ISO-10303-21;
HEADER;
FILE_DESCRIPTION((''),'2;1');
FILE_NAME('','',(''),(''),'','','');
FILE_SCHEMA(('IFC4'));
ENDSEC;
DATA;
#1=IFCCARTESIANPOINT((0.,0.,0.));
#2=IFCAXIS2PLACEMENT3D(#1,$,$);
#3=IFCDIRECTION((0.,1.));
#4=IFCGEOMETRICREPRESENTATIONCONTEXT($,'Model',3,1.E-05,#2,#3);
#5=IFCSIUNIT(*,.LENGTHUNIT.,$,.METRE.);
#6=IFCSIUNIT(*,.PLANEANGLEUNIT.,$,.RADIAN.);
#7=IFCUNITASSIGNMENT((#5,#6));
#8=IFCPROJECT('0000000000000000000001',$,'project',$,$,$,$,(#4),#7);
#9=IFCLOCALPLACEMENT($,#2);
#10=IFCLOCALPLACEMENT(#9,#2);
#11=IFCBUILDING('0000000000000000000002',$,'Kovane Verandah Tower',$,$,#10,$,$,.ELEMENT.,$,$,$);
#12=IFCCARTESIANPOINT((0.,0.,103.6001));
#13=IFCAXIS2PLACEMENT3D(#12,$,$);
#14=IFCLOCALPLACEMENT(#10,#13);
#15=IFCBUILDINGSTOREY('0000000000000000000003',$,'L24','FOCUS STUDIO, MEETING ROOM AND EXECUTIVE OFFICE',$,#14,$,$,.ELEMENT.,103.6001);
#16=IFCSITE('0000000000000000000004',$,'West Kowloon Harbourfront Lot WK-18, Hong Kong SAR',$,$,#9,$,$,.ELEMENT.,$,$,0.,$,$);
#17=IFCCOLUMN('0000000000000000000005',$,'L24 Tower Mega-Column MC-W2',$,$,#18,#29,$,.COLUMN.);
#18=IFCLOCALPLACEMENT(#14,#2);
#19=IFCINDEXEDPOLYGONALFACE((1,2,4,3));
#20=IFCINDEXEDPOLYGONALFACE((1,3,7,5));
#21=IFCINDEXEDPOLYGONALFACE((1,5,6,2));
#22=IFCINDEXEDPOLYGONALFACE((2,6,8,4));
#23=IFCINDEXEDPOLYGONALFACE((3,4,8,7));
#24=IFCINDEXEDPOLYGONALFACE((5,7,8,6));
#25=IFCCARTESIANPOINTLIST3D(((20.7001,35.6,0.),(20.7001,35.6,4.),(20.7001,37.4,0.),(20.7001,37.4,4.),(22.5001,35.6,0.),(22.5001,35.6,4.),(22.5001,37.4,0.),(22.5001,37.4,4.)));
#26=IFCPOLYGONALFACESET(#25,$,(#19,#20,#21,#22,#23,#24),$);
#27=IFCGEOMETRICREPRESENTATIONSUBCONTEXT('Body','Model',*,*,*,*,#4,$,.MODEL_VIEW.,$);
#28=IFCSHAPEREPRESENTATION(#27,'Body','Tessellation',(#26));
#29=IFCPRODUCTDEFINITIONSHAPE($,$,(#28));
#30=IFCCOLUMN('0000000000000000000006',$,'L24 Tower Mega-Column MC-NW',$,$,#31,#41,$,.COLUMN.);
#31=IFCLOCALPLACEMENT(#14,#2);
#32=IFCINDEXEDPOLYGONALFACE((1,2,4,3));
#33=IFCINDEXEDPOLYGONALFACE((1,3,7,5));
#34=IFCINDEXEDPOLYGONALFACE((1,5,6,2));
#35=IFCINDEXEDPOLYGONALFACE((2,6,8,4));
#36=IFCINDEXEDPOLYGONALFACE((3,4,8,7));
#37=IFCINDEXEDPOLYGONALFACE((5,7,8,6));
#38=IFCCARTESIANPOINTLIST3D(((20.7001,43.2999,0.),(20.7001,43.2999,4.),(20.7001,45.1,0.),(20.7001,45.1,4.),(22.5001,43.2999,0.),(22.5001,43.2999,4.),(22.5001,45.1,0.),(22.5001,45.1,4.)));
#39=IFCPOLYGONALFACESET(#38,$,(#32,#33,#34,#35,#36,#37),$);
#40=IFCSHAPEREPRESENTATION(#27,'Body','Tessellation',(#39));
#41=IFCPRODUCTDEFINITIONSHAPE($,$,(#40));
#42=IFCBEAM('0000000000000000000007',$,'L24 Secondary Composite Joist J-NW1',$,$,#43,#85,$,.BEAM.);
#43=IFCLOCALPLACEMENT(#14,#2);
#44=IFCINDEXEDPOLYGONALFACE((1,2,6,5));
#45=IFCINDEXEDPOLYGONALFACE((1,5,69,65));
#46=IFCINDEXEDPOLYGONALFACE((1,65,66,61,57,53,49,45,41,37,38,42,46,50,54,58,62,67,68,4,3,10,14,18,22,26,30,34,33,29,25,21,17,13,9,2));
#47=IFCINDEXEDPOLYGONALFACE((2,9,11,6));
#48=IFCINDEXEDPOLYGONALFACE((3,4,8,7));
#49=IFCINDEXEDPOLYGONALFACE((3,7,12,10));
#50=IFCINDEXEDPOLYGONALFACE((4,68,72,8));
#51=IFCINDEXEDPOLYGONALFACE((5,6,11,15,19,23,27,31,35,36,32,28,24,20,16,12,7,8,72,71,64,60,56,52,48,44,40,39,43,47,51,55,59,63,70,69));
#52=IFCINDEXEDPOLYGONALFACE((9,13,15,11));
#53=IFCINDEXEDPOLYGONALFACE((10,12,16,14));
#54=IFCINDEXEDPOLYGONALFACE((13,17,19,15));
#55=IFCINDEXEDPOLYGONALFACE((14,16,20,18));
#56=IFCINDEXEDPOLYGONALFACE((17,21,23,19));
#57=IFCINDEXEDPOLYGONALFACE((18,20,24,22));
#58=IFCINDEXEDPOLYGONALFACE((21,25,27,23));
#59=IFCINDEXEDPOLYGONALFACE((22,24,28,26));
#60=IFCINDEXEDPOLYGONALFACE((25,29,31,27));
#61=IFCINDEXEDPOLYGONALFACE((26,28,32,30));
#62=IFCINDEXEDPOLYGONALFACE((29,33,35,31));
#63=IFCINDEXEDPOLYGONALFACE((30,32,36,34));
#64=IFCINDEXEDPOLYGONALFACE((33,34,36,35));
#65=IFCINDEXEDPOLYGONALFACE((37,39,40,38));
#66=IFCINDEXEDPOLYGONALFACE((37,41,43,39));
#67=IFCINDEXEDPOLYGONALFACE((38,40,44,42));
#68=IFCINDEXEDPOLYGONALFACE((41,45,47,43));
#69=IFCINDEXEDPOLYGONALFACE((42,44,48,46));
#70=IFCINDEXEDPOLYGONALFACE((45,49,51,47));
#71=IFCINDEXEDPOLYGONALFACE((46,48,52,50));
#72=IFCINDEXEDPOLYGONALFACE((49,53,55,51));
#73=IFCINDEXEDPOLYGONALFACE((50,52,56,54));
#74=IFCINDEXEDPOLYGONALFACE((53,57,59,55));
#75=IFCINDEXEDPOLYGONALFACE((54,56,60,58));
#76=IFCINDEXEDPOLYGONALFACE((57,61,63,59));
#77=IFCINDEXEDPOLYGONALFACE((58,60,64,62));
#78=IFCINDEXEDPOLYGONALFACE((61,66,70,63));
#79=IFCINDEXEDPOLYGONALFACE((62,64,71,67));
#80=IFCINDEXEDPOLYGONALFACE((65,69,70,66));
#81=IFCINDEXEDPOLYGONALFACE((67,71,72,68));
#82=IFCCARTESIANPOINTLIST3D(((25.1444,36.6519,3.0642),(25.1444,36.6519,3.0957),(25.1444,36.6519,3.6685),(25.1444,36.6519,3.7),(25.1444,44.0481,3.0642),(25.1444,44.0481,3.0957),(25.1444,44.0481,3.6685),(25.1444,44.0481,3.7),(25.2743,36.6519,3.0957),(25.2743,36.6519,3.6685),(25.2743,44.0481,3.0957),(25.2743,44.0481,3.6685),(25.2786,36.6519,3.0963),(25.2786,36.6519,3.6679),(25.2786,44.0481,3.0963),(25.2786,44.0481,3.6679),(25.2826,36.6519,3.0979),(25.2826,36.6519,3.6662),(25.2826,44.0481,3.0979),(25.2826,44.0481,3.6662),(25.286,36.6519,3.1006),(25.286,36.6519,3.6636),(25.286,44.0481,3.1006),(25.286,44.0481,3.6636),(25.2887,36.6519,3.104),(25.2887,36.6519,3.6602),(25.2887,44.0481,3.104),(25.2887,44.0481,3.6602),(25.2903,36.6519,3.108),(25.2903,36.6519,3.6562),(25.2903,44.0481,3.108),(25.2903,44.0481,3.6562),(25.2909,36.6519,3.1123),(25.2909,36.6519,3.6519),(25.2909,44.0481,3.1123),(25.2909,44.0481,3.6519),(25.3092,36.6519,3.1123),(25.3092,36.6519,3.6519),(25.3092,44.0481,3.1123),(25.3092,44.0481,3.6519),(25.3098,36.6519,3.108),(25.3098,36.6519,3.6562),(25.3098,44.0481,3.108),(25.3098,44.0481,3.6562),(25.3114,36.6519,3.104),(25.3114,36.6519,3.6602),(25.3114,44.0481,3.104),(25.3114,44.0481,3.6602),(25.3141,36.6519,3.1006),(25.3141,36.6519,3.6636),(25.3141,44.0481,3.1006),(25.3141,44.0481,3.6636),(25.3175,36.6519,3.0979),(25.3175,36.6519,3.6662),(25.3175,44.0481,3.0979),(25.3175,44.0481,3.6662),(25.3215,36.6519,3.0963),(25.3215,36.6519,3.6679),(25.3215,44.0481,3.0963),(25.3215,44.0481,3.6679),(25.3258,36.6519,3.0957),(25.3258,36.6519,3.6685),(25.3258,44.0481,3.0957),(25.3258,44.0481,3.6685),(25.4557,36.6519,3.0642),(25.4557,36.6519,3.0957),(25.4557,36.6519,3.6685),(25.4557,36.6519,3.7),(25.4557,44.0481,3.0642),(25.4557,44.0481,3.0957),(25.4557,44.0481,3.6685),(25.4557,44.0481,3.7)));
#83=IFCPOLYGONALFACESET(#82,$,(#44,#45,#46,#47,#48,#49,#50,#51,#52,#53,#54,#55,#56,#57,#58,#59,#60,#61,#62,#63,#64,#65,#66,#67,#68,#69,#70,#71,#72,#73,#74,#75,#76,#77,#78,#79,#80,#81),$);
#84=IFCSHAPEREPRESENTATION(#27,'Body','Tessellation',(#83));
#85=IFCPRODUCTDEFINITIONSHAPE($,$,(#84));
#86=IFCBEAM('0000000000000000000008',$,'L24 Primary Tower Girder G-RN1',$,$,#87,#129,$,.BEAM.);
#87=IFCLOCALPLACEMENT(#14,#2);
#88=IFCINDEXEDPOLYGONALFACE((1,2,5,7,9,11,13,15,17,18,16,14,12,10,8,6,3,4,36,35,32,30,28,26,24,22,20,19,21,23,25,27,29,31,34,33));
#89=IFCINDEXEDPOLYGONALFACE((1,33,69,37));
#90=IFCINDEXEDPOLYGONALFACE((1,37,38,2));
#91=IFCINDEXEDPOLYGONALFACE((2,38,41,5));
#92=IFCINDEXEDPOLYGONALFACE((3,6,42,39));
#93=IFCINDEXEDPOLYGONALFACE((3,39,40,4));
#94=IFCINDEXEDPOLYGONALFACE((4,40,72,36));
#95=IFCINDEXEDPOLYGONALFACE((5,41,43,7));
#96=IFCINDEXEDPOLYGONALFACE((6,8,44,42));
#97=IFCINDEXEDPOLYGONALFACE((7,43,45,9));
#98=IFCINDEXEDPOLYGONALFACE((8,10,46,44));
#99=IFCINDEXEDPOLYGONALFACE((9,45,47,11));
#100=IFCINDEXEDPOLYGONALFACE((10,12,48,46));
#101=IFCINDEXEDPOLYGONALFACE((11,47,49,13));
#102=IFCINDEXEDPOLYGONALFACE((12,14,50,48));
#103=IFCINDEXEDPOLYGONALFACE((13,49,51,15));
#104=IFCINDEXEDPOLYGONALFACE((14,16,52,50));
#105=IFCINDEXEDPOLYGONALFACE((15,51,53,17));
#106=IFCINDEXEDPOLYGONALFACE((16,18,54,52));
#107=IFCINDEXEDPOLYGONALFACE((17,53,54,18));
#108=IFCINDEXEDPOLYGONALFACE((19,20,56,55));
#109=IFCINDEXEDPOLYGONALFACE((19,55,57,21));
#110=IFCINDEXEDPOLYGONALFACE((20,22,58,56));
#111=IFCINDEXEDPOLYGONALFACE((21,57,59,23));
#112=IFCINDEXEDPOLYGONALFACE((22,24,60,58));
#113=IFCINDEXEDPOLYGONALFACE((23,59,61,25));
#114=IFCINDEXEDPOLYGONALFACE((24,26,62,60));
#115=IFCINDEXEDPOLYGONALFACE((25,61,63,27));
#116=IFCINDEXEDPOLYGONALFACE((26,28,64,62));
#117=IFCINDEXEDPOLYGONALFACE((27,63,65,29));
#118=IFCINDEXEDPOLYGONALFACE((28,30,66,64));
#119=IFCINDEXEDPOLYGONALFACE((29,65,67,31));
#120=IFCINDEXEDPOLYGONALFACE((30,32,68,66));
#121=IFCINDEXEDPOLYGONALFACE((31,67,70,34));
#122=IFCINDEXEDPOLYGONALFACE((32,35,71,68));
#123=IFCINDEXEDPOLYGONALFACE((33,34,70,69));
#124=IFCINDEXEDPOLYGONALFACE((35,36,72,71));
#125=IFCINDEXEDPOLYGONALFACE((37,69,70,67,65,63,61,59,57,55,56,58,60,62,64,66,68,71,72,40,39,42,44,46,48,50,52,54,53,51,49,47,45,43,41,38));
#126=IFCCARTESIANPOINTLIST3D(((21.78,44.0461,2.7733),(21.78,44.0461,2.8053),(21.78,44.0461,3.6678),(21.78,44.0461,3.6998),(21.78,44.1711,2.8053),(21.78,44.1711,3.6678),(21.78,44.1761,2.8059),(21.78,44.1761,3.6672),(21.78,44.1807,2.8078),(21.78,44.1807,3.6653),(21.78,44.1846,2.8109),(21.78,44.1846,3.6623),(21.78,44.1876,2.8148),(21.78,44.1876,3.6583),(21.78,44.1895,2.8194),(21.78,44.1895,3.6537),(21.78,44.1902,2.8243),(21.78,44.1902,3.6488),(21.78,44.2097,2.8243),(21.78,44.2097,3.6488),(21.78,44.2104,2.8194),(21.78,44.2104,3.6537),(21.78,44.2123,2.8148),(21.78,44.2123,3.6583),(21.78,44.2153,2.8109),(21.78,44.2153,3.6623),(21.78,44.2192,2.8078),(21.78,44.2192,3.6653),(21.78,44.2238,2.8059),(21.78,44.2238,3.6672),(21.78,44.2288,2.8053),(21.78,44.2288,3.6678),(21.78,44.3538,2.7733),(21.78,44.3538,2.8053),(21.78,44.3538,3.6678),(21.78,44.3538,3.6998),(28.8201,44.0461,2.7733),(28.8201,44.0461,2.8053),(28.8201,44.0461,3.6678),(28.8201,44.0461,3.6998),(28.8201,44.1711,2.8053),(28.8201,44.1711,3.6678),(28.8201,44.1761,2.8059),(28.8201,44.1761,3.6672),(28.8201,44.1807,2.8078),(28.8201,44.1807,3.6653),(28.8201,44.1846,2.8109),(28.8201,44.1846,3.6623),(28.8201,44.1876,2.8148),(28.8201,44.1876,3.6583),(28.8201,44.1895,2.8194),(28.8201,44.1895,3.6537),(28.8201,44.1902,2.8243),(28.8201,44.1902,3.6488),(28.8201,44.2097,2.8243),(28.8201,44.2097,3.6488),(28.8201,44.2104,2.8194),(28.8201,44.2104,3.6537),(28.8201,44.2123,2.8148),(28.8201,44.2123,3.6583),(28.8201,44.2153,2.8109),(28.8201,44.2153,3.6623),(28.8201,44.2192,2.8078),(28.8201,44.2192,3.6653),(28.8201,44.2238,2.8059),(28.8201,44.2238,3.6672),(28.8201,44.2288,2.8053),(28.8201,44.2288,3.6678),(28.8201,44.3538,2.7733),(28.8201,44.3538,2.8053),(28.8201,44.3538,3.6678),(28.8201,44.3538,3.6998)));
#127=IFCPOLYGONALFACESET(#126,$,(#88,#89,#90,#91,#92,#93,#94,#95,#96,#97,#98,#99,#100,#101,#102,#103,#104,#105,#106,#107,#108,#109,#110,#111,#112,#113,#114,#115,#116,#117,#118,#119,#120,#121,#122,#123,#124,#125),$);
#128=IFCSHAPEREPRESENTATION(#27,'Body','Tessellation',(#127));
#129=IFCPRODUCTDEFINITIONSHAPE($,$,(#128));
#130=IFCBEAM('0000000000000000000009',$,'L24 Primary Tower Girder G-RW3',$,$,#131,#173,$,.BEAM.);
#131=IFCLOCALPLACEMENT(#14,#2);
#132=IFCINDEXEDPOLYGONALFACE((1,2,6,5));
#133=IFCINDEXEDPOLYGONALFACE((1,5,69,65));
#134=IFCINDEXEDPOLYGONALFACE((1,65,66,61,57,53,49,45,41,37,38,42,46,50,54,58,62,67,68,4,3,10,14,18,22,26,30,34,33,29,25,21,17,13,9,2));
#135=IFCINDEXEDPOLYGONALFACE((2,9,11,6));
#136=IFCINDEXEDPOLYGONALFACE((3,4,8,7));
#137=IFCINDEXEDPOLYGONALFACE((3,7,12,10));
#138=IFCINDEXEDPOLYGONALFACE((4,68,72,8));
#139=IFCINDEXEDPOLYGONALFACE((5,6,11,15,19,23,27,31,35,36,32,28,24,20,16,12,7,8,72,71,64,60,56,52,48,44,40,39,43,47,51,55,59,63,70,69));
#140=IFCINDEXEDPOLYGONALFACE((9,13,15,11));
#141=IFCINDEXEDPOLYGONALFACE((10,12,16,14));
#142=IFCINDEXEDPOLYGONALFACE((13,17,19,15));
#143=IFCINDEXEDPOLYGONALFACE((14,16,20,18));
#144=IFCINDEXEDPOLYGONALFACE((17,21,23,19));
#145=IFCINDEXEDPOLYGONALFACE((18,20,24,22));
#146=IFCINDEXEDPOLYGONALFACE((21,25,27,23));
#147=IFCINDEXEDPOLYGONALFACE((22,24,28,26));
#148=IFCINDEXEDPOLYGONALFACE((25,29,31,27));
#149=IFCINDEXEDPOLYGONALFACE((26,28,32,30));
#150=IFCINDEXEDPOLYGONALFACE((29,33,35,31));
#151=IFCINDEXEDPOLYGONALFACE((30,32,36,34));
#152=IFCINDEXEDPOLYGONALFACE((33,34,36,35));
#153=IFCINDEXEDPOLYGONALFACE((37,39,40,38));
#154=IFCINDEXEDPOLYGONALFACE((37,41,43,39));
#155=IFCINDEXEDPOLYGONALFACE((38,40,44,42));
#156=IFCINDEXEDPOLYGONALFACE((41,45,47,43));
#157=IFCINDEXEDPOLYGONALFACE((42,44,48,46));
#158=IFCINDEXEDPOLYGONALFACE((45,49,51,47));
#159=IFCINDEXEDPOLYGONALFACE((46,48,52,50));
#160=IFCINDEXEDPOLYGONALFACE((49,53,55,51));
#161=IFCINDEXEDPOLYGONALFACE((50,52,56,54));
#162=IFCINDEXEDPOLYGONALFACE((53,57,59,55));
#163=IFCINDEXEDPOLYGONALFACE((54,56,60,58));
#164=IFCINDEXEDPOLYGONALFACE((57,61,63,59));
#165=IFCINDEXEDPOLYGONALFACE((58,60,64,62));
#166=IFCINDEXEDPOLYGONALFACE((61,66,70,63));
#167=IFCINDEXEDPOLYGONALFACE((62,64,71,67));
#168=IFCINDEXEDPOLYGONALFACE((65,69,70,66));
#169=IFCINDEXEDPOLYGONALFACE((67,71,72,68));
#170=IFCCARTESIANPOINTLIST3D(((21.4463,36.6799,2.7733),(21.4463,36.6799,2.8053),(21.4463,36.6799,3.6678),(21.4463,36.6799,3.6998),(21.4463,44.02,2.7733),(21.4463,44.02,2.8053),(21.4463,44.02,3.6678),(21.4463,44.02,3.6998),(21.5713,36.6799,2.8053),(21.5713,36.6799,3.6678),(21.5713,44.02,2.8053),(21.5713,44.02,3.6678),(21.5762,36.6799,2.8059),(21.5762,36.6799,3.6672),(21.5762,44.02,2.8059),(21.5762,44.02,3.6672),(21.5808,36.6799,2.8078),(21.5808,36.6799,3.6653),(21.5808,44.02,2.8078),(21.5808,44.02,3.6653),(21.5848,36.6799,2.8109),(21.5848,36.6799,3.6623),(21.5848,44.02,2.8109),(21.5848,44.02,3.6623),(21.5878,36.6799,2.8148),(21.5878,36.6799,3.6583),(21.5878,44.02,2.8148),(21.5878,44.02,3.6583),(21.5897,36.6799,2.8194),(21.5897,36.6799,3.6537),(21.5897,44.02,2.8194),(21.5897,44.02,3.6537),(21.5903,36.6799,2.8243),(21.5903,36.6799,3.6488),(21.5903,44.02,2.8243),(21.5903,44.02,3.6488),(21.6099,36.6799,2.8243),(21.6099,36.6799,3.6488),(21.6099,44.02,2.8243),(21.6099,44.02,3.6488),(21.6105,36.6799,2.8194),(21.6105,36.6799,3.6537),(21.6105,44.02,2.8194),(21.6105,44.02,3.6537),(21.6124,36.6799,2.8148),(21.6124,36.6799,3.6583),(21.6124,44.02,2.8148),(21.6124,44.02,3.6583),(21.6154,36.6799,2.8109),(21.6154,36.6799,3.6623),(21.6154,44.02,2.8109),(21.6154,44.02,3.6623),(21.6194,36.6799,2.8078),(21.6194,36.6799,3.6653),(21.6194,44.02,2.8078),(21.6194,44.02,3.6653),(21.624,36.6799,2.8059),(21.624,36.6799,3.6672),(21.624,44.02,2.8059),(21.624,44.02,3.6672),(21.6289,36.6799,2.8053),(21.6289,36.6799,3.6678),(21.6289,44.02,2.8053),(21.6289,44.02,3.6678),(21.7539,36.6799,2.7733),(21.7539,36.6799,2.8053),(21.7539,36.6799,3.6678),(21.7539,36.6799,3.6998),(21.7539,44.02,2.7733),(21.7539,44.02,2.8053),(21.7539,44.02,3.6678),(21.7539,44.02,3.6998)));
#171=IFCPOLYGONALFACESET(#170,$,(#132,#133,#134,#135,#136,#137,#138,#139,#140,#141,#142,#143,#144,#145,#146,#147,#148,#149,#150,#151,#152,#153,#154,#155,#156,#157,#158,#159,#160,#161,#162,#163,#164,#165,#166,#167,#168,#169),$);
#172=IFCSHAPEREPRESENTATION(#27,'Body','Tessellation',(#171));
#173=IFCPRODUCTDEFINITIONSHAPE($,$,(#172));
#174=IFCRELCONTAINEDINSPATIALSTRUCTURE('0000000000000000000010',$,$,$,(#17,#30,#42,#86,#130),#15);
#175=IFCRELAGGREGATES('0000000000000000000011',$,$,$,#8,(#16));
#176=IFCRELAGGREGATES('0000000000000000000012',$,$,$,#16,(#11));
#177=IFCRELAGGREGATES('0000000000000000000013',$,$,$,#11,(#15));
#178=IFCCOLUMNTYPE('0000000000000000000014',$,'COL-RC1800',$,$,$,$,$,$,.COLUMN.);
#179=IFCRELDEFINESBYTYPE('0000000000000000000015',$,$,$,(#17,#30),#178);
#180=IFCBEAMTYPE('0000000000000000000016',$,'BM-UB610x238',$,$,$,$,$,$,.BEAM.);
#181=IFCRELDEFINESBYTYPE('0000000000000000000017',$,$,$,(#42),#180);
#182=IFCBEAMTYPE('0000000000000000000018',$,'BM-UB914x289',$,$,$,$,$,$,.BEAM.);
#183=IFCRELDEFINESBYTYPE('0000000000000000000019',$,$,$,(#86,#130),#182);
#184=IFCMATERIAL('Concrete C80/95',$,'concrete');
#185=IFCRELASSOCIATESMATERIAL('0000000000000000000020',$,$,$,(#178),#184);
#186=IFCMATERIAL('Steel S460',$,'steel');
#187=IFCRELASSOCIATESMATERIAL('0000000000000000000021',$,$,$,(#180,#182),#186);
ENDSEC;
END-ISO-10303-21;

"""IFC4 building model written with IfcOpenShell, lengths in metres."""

from ifc_helpers import new_model, si_unit, direction, frame, origin, origin_2d, place, context, subcontext, project, spatial, rectangle, i_section, extrude, material, material_profile, profile_set, type_object, element, save


model = new_model("IFC4")

# Units and contexts
model_context = context("Model", 3, precision=1e-05, world=origin(), true_north=direction((0.0, 1.0)))
body_context = subcontext(model_context, "Body", "Model", "MODEL_VIEW")
ifc_project = project(units=[si_unit("LENGTHUNIT", "METRE"), si_unit("PLANEANGLEUNIT", "RADIAN")], contexts=[model_context])

# Site, building, storey
site_placement = place(None, origin())
site = spatial("IfcSite", under=ifc_project, at=site_placement, Name="West Kowloon Harbourfront Lot WK-18, Hong Kong SAR", CompositionType="ELEMENT", RefElevation=0.0)
building_placement = place(site_placement, origin())
building = spatial("IfcBuilding", under=site, at=building_placement, Name="Kovane Verandah Tower", CompositionType="ELEMENT")
storey_placement = place(building_placement, frame((0.0, 0.0, 103.6001)))
storey = spatial("IfcBuildingStorey", under=building, at=storey_placement, Name="L24", Description="FOCUS STUDIO, MEETING ROOM AND EXECUTIVE OFFICE", CompositionType="ELEMENT", Elevation=103.6001)

# Columns
ifc_material_1 = material(Name="Concrete C80/95", Category="concrete")
ifc_material_profile_1 = material_profile(ifc_material_1, rectangle(XDim=1.8, YDim=1.8, at=origin_2d()), Name="RC1800x1800")
ifc_profile_set_1 = profile_set([ifc_material_profile_1], Name="Concrete C80/95")
column_type = type_object("IfcColumnType", Name="COL-RC1800", PredefinedType="COLUMN", material=ifc_profile_set_1)
for number, where, z_axis, x_axis, name in (
    (1, (21.6001, 36.5, 0.0), (0.0, 0.0, 1.0), (1.0, 0.0, 0.0), "L24 Tower Mega-Column MC-W2"),
    (2, (21.6001, 44.2, 0.0), (0.0, 0.0, 1.0), (1.0, 0.0, 0.0), "L24 Tower Mega-Column MC-NW"),
):
    element("IfcColumn", number, at=place(storey_placement, frame(where, z_axis=z_axis, x_axis=x_axis)), inside=storey, type_object=column_type, Name=name, PredefinedType="COLUMN", context=body_context, shape_type="SweptSolid", body=[
        extrude(rectangle(XDim=1.8, YDim=1.8, at=origin_2d()), origin(), (0.0, 0.0, 1.0), 4.0),
    ])

# Beams
ifc_material_2 = material(Name="Steel S460", Category="steel")
ifc_material_profile_2 = material_profile(ifc_material_2, i_section(OverallWidth=0.3113, OverallDepth=0.6357, WebThickness=0.0183, FlangeThickness=0.0315, FilletRadius=0.0166, at=origin_2d()), Name="UB610x305x238")
ifc_profile_set_2 = profile_set([ifc_material_profile_2], Name="Steel S460")
beam_type_1 = type_object("IfcBeamType", Name="BM-UB610x238", PredefinedType="BEAM", material=ifc_profile_set_2)
beam_1_placement = place(storey_placement, frame((25.3, 36.6519, 3.3821), z_axis=(0.0, 1.0, 0.0), x_axis=(-1.0, 0.0, 0.0)))
element("IfcBeam", 3, at=beam_1_placement, inside=storey, type_object=beam_type_1, Name="L24 Secondary Composite Joist J-NW1", PredefinedType="BEAM", context=body_context, shape_type="SweptSolid", body=[
    extrude(i_section(OverallWidth=0.3113, OverallDepth=0.6357, WebThickness=0.0183, FlangeThickness=0.0315, FilletRadius=0.0166, at=origin_2d()), origin(), (0.0, 0.0, 1.0), 7.3962),
])
ifc_material_profile_3 = material_profile(ifc_material_2, i_section(OverallWidth=0.3076, OverallDepth=0.9265, WebThickness=0.0195, FlangeThickness=0.032, FilletRadius=0.019, at=origin_2d()), Name="UB914x305x289")
ifc_profile_set_3 = profile_set([ifc_material_profile_3], Name="Steel S460")
beam_type_2 = type_object("IfcBeamType", Name="BM-UB914x289", PredefinedType="BEAM", material=ifc_profile_set_3)
beam_2_placement = place(storey_placement, frame((21.78, 44.2, 3.2366), z_axis=(1.0, 0.0, 0.0), x_axis=(0.0, 1.0, 0.0)))
element("IfcBeam", 4, at=beam_2_placement, inside=storey, type_object=beam_type_2, Name="L24 Primary Tower Girder G-RN1", PredefinedType="BEAM", context=body_context, shape_type="SweptSolid", body=[
    extrude(i_section(OverallWidth=0.3076, OverallDepth=0.9265, WebThickness=0.0195, FlangeThickness=0.032, FilletRadius=0.019, at=origin_2d()), origin(), (0.0, 0.0, 1.0), 7.04),
])
beam_3_placement = place(storey_placement, frame((21.6001, 36.6799, 3.2366), z_axis=(0.0, 1.0, 0.0), x_axis=(-1.0, 0.0, 0.0)))
element("IfcBeam", 5, at=beam_3_placement, inside=storey, type_object=beam_type_2, Name="L24 Primary Tower Girder G-RW3", PredefinedType="BEAM", context=body_context, shape_type="SweptSolid", body=[
    extrude(i_section(OverallWidth=0.3076, OverallDepth=0.9265, WebThickness=0.0195, FlangeThickness=0.032, FilletRadius=0.019, at=origin_2d()), origin(), (0.0, 0.0, 1.0), 7.3401),
])

save(model, "model.ifc")
